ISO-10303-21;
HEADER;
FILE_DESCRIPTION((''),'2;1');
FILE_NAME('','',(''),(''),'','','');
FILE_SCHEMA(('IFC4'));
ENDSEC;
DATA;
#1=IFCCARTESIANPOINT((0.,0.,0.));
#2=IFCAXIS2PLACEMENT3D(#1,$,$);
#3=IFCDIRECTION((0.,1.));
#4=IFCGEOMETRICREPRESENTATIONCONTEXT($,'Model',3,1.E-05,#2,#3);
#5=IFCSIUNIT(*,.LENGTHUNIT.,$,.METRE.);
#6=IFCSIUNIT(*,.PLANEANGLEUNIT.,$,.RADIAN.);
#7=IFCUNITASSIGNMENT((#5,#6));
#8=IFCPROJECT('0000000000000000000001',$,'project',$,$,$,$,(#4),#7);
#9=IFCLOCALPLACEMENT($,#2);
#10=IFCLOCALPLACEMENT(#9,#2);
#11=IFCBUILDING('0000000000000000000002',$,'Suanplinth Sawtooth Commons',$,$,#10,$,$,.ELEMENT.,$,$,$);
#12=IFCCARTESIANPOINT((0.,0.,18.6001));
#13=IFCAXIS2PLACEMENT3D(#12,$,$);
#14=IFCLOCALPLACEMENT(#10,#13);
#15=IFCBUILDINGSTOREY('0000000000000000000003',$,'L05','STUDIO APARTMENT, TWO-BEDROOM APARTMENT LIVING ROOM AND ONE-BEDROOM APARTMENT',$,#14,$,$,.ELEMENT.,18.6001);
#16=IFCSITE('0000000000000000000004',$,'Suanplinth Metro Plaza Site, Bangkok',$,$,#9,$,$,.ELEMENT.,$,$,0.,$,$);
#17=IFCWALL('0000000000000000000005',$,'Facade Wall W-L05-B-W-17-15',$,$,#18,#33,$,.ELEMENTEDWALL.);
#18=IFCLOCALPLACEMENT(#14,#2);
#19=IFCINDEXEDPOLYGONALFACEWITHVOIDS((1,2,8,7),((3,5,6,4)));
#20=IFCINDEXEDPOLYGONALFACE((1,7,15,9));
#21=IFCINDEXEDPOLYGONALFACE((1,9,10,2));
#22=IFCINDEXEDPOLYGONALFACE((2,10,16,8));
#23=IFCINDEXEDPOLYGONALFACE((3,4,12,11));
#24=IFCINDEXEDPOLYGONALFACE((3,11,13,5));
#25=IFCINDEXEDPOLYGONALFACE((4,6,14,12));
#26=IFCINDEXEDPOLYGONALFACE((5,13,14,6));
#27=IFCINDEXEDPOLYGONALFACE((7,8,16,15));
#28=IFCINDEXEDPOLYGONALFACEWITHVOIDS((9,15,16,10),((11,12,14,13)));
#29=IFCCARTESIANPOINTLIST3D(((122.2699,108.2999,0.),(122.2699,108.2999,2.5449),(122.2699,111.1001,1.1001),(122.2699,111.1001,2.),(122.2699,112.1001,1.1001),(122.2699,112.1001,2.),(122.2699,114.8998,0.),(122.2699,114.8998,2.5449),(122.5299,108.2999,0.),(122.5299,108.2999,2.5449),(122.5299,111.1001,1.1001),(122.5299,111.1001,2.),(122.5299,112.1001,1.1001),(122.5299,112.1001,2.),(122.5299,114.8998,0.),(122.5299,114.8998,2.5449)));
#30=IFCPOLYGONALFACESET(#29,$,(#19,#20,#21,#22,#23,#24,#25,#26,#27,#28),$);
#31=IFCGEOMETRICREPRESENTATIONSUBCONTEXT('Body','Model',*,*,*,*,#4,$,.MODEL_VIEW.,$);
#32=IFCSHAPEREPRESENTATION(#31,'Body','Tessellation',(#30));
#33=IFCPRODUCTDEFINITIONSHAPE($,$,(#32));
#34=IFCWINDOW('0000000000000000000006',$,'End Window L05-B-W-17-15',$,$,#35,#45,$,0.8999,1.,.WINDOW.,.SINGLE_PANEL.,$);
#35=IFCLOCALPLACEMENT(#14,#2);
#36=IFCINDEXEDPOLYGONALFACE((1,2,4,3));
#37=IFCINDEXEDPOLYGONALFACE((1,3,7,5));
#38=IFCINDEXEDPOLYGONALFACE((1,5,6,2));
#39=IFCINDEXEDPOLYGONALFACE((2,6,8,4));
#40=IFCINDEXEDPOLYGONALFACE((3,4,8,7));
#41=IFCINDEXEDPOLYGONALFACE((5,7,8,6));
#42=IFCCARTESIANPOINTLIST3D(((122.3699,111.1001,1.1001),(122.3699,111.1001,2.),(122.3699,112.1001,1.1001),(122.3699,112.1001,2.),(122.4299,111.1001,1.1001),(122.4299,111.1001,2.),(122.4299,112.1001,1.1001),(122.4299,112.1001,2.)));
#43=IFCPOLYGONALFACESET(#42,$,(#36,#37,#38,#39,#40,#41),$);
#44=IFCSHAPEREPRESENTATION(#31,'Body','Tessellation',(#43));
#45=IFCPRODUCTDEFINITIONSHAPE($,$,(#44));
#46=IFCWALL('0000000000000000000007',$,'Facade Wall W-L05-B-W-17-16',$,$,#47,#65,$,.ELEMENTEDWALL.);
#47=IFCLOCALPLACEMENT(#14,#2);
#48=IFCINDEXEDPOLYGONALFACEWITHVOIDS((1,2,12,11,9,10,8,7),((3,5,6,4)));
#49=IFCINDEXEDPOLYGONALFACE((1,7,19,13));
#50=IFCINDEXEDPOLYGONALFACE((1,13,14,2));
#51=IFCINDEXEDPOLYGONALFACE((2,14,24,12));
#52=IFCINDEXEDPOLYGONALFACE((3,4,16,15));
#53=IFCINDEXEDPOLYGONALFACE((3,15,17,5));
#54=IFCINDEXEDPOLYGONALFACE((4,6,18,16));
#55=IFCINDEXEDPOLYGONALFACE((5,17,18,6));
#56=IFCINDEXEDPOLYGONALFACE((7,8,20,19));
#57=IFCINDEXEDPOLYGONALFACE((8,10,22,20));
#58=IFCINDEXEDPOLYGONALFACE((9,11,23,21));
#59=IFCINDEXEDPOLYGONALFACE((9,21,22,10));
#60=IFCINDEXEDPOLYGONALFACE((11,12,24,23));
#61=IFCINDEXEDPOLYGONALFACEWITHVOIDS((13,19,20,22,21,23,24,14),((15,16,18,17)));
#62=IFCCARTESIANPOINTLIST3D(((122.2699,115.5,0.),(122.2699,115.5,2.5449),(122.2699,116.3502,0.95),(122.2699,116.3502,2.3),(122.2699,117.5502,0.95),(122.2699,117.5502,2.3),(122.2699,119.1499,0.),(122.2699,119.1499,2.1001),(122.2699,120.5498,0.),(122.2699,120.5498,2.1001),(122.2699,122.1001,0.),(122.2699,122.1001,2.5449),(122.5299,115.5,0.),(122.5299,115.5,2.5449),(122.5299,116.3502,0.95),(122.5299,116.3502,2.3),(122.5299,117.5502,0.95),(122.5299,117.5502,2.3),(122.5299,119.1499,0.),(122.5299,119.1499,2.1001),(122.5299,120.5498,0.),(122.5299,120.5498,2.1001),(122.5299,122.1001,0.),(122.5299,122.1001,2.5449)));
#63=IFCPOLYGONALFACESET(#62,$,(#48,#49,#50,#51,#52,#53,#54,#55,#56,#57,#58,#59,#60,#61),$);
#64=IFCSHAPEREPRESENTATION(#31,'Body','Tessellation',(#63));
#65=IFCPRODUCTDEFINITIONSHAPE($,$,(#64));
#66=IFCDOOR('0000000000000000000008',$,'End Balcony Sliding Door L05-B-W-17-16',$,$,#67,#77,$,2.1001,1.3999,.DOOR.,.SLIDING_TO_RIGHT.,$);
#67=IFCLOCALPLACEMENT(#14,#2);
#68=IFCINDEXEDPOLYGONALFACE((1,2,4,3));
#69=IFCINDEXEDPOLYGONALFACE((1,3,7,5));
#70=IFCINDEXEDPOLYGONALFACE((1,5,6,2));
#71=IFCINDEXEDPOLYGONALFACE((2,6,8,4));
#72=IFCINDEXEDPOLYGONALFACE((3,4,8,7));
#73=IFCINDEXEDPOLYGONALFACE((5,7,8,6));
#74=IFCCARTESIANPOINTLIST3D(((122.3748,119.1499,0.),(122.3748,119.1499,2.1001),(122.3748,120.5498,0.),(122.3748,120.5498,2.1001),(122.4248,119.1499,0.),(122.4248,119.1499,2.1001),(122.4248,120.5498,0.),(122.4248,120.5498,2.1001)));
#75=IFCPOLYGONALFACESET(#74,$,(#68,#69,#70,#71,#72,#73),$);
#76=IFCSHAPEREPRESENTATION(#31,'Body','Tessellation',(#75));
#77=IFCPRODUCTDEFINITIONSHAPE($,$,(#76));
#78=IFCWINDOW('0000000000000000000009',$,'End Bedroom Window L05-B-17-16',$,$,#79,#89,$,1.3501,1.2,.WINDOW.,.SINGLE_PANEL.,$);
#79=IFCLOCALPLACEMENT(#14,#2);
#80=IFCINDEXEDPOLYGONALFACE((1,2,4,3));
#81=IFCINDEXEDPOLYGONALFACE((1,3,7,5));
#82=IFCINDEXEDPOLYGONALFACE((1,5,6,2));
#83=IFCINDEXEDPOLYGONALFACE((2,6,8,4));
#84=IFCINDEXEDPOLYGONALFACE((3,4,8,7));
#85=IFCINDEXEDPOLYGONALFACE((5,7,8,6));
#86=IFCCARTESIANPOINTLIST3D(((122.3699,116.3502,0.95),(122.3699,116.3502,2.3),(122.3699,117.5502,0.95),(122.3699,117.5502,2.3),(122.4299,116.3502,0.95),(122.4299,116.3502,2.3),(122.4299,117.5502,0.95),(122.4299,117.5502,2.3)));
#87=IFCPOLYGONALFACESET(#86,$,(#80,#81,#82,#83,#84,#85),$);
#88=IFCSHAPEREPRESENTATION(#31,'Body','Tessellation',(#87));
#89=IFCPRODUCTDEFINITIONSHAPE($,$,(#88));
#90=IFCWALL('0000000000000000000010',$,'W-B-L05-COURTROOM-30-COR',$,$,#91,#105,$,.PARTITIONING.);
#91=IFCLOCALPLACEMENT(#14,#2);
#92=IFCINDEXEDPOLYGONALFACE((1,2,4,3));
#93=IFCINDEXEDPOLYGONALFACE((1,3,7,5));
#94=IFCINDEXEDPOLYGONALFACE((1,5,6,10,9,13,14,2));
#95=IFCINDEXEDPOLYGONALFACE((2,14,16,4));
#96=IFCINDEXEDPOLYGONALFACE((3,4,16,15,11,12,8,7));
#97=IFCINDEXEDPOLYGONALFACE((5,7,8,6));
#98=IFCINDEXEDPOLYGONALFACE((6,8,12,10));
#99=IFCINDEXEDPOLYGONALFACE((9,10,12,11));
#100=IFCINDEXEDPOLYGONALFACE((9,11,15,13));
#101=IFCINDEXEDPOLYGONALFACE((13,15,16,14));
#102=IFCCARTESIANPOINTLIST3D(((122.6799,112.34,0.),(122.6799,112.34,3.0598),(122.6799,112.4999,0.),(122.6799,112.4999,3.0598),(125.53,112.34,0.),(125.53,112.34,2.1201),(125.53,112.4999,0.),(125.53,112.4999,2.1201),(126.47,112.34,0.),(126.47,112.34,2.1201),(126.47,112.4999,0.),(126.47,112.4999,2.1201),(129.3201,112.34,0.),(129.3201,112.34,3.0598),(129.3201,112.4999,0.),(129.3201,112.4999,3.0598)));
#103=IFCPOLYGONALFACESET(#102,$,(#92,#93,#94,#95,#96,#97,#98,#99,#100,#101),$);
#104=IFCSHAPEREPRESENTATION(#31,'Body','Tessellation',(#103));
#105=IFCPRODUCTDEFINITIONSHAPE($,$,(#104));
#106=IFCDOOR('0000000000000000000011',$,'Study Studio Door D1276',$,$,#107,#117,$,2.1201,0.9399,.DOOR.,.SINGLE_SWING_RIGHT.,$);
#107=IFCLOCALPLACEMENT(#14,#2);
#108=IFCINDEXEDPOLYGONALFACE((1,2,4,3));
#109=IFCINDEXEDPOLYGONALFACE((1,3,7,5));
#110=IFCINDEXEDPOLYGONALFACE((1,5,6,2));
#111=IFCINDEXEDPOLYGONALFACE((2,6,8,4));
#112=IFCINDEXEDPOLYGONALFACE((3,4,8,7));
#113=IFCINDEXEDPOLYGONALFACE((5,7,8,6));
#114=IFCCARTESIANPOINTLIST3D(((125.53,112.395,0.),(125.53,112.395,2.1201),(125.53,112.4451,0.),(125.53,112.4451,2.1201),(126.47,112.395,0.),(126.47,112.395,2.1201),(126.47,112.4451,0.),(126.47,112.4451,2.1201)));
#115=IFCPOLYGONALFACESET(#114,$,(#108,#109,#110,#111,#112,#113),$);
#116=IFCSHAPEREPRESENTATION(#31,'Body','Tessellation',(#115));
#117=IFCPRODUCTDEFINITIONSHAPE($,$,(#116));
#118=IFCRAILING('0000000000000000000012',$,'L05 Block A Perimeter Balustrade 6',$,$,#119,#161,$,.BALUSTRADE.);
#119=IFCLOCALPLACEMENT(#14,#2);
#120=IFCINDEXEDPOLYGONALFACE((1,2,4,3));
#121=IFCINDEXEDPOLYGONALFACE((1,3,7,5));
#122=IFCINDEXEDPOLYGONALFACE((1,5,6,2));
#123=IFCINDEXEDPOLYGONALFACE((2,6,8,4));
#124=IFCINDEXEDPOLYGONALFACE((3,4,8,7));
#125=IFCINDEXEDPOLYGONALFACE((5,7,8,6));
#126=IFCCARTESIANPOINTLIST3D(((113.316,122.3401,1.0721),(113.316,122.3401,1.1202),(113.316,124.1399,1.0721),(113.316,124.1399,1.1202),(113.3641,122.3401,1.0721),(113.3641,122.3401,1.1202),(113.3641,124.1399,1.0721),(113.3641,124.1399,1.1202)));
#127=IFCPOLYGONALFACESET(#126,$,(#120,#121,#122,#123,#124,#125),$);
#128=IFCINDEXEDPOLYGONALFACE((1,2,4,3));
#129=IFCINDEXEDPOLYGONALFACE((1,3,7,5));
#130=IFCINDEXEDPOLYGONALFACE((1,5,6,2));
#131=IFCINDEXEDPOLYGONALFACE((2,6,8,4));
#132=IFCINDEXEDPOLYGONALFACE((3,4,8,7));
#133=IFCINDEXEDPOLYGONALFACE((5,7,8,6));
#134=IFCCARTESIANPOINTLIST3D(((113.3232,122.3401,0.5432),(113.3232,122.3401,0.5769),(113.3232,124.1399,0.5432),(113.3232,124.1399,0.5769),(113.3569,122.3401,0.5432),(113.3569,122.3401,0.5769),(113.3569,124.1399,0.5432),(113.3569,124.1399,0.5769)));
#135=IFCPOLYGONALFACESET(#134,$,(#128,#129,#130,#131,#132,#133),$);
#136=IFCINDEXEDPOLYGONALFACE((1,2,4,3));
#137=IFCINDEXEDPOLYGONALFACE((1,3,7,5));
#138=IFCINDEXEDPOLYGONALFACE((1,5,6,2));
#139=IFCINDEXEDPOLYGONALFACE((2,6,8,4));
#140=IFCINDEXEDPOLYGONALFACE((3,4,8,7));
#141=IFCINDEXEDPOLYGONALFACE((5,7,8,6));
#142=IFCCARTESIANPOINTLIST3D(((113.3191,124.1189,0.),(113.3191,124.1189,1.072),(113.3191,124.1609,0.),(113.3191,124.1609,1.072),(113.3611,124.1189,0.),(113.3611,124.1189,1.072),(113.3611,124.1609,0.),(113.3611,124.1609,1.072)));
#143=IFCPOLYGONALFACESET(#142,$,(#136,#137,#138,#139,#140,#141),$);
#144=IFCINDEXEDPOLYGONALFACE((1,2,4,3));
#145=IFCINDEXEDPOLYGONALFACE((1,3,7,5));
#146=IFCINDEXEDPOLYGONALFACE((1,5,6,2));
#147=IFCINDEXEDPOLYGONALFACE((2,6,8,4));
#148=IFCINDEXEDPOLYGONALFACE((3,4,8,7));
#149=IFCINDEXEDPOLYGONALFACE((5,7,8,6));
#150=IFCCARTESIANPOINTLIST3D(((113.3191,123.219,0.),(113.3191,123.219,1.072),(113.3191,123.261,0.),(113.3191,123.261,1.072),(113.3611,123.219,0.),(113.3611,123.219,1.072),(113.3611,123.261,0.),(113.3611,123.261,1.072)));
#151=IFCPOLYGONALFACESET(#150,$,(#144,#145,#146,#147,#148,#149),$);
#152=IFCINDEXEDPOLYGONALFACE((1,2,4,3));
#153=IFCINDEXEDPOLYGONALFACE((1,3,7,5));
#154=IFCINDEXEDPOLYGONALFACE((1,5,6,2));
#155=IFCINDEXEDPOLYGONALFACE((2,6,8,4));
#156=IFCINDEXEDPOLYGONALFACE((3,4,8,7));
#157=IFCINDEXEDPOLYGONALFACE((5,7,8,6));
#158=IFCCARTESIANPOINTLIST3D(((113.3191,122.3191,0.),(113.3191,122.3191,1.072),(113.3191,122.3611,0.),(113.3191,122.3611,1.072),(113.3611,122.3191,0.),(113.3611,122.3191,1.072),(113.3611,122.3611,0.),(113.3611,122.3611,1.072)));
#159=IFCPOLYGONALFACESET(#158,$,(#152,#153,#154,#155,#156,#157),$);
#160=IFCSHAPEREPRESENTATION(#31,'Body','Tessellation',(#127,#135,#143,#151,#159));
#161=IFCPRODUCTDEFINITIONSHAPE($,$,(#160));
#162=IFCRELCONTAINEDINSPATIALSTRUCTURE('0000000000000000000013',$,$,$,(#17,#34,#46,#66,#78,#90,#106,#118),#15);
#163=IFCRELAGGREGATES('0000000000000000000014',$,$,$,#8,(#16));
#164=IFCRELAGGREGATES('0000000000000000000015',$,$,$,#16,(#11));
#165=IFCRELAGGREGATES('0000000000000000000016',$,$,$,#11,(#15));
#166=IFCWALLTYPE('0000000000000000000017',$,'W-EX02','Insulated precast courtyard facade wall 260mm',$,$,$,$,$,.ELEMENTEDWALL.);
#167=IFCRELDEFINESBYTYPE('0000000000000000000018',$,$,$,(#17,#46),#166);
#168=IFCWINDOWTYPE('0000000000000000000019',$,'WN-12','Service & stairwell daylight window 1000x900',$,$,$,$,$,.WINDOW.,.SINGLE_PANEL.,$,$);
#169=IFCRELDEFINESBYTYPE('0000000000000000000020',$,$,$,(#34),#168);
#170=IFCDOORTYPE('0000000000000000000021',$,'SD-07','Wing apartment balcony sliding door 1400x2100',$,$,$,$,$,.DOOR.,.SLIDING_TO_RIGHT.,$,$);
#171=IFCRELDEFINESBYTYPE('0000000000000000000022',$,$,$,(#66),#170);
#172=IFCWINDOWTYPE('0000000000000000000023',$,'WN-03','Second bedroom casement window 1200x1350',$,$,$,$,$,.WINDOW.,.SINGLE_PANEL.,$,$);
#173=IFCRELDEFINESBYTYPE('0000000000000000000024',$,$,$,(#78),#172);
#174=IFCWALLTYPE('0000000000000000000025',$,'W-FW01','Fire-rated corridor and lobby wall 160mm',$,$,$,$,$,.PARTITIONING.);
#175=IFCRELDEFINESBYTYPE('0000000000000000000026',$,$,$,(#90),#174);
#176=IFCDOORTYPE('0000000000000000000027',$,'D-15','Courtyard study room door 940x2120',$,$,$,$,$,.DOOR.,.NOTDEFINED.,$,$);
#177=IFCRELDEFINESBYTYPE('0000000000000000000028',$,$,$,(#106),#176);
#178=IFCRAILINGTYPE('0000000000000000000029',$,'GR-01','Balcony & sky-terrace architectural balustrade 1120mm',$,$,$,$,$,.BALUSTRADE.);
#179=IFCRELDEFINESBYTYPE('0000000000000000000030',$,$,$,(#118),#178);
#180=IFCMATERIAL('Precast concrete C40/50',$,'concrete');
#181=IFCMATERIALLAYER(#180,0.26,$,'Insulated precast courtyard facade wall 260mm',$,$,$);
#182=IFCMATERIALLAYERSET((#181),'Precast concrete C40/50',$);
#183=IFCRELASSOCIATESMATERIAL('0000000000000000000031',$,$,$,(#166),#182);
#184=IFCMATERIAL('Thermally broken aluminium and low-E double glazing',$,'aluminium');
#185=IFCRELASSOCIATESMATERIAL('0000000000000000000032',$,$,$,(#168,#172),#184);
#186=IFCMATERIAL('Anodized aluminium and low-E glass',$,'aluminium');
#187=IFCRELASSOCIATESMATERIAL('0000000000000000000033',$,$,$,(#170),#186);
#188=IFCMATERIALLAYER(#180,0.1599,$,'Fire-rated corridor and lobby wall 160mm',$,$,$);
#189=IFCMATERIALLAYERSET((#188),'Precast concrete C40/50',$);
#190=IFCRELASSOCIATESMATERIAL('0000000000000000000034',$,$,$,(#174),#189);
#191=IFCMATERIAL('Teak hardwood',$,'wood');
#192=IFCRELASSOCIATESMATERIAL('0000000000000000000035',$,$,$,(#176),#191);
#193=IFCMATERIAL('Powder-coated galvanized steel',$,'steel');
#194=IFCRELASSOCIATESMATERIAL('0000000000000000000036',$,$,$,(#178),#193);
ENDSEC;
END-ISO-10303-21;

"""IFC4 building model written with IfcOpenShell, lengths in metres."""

from ifc_helpers import new_model, si_unit, direction, frame, frame_2d, origin, origin_2d, place, context, subcontext, project, spatial, rectangle, extrude, material, layer, layer_set, type_object, element, fill, save


model = new_model("IFC4")

# Units and contexts
model_context = context("Model", 3, precision=1e-05, world=origin(), true_north=direction((0.0, 1.0)))
body_context = subcontext(model_context, "Body", "Model", "MODEL_VIEW")
ifc_project = project(units=[si_unit("LENGTHUNIT", "METRE"), si_unit("PLANEANGLEUNIT", "RADIAN")], contexts=[model_context])

# Site, building, storey
site_placement = place(None, origin())
site = spatial("IfcSite", under=ifc_project, at=site_placement, Name="Suanplinth Metro Plaza Site, Bangkok", CompositionType="ELEMENT", RefElevation=0.0)
building_placement = place(site_placement, origin())
building = spatial("IfcBuilding", under=site, at=building_placement, Name="Suanplinth Sawtooth Commons", CompositionType="ELEMENT")
storey_placement = place(building_placement, frame((0.0, 0.0, 18.6001)))
storey = spatial("IfcBuildingStorey", under=building, at=storey_placement, Name="L05", Description="STUDIO APARTMENT, TWO-BEDROOM APARTMENT LIVING ROOM AND ONE-BEDROOM APARTMENT", CompositionType="ELEMENT", Elevation=18.6001)

# Shared definitions
ifc_material_1 = material(Name="Precast concrete C40/50", Category="concrete")

# Shared definitions
ifc_layer_1 = layer(ifc_material_1, 0.26, Name="Insulated precast courtyard facade wall 260mm")
ifc_layer_set_1 = layer_set([ifc_layer_1], Name="Precast concrete C40/50")
wall_type_1 = type_object("IfcWallType", Name="W-EX02", Description="Insulated precast courtyard facade wall 260mm", PredefinedType="ELEMENTEDWALL", material=ifc_layer_set_1)
ifc_material_2 = material(Name="Anodized aluminium and low-E glass", Category="aluminium")
ifc_material_3 = material(Name="Thermally broken aluminium and low-E double glazing", Category="aluminium")

# Wall, opening, window
wall_1_placement = place(storey_placement, frame((122.3999, 108.3, 0.0), z_axis=(0.0, 0.0, 1.0), x_axis=(0.0, 1.0, 0.0)))
wall_1 = element("IfcWall", 1, at=wall_1_placement, inside=storey, type_object=wall_type_1, Name="Facade Wall W-L05-B-W-17-15", PredefinedType="ELEMENTEDWALL", context=body_context, shape_type="SweptSolid", body=[
    extrude(rectangle(XDim=6.5999, YDim=0.26, at=frame_2d((3.2998, 0.0))), origin(), (0.0, 0.0, 1.0), 2.5449),
])
opening_1_placement = place(wall_1_placement, frame((2.8, 0.0, 1.1001)))
opening_1 = element("IfcOpeningElement", 2, at=opening_1_placement, cuts=wall_1, PredefinedType="OPENING", context=body_context, shape_type="SweptSolid", body=[
    extrude(rectangle(XDim=1.0, YDim=0.8999, at=frame_2d((0.5, 0.45))), frame((0.0, 0.145, 0.0), z_axis=(0.0, -1.0, 0.0), x_axis=(1.0, 0.0, 0.0)), (0.0, 0.0, 1.0), 0.2898),
])
window_type_1 = type_object("IfcWindowType", Name="WN-12", Description="Service & stairwell daylight window 1000x900", PartitioningType="SINGLE_PANEL", PredefinedType="WINDOW", material=ifc_material_3)
window_1_placement = place(opening_1_placement, origin())
window_1 = element("IfcWindow", 3, at=window_1_placement, inside=storey, type_object=window_type_1, Name="End Window L05-B-W-17-15", OverallHeight=0.8999, OverallWidth=1.0, PartitioningType="SINGLE_PANEL", PredefinedType="WINDOW", context=body_context, shape_type="SweptSolid", body=[
    extrude(rectangle(XDim=1.0, YDim=0.8999, at=frame_2d((0.5, 0.45))), frame((0.0, 0.03, 0.0), z_axis=(0.0, -1.0, 0.0), x_axis=(1.0, 0.0, 0.0)), (0.0, 0.0, 1.0), 0.0601),
])
fill(opening_1, window_1)

# Wall, openings, door, window
wall_2_placement = place(storey_placement, frame((122.3999, 115.5, 0.0), z_axis=(0.0, 0.0, 1.0), x_axis=(0.0, 1.0, 0.0)))
wall_2 = element("IfcWall", 4, at=wall_2_placement, inside=storey, type_object=wall_type_1, Name="Facade Wall W-L05-B-W-17-16", PredefinedType="ELEMENTEDWALL", context=body_context, shape_type="SweptSolid", body=[
    extrude(rectangle(XDim=6.6001, YDim=0.26, at=frame_2d((3.3, 0.0))), origin(), (0.0, 0.0, 1.0), 2.5449),
])
opening_2_placement = place(wall_2_placement, frame((3.6499, 0.0, 0.0)))
opening_2 = element("IfcOpeningElement", 5, at=opening_2_placement, cuts=wall_2, PredefinedType="OPENING", context=body_context, shape_type="SweptSolid", body=[
    extrude(rectangle(XDim=1.3999, YDim=2.1001, at=frame_2d((0.7, 1.05))), frame((0.0, 0.145, 0.0), z_axis=(0.0, -1.0, 0.0), x_axis=(1.0, 0.0, 0.0)), (0.0, 0.0, 1.0), 0.2898),
])
opening_3_placement = place(wall_2_placement, frame((0.8501, 0.0, 0.95)))
opening_3 = element("IfcOpeningElement", 6, at=opening_3_placement, cuts=wall_2, PredefinedType="OPENING", context=body_context, shape_type="SweptSolid", body=[
    extrude(rectangle(XDim=1.2, YDim=1.3501, at=frame_2d((0.6001, 0.675))), frame((0.0, 0.145, 0.0), z_axis=(0.0, -1.0, 0.0), x_axis=(1.0, 0.0, 0.0)), (0.0, 0.0, 1.0), 0.2898),
])
door_type_1 = type_object("IfcDoorType", Name="SD-07", Description="Wing apartment balcony sliding door 1400x2100", OperationType="SLIDING_TO_RIGHT", PredefinedType="DOOR", material=ifc_material_2)
door_1_placement = place(opening_2_placement, frame((1.3999, 0.0, 0.0), z_axis=(0.0, 0.0, 1.0), x_axis=(-1.0, 0.0, 0.0)))
door_1 = element("IfcDoor", 7, at=door_1_placement, inside=storey, type_object=door_type_1, Name="End Balcony Sliding Door L05-B-W-17-16", OperationType="SLIDING_TO_RIGHT", OverallHeight=2.1001, OverallWidth=1.3999, PredefinedType="DOOR", context=body_context, shape_type="SweptSolid", body=[
    extrude(rectangle(XDim=1.3999, YDim=2.1001, at=frame_2d((0.7, 1.05))), frame((0.0, 0.0249, 0.0), z_axis=(0.0, -1.0, 0.0), x_axis=(1.0, 0.0, 0.0)), (0.0, 0.0, 1.0), 0.05),
])
fill(opening_2, door_1)
window_type_2 = type_object("IfcWindowType", Name="WN-03", Description="Second bedroom casement window 1200x1350", PartitioningType="SINGLE_PANEL", PredefinedType="WINDOW", material=ifc_material_3)
window_2_placement = place(opening_3_placement, origin())
window_2 = element("IfcWindow", 8, at=window_2_placement, inside=storey, type_object=window_type_2, Name="End Bedroom Window L05-B-17-16", OverallHeight=1.3501, OverallWidth=1.2, PartitioningType="SINGLE_PANEL", PredefinedType="WINDOW", context=body_context, shape_type="SweptSolid", body=[
    extrude(rectangle(XDim=1.2, YDim=1.3501, at=frame_2d((0.6001, 0.675))), frame((0.0, 0.03, 0.0), z_axis=(0.0, -1.0, 0.0), x_axis=(1.0, 0.0, 0.0)), (0.0, 0.0, 1.0), 0.0601),
])
fill(opening_3, window_2)

# Wall, opening, door
ifc_layer_2 = layer(ifc_material_1, 0.1599, Name="Fire-rated corridor and lobby wall 160mm")
ifc_layer_set_2 = layer_set([ifc_layer_2], Name="Precast concrete C40/50")
wall_type_2 = type_object("IfcWallType", Name="W-FW01", Description="Fire-rated corridor and lobby wall 160mm", PredefinedType="PARTITIONING", material=ifc_layer_set_2)
wall_3_placement = place(storey_placement, frame((122.6799, 112.4199, 0.0), z_axis=(0.0, 0.0, 1.0), x_axis=(1.0, 0.0, 0.0)))
wall_3 = element("IfcWall", 9, at=wall_3_placement, inside=storey, type_object=wall_type_2, Name="W-B-L05-COURTROOM-30-COR", PredefinedType="PARTITIONING", context=body_context, shape_type="SweptSolid", body=[
    extrude(rectangle(XDim=6.6401, YDim=0.1599, at=frame_2d((3.3201, 0.0))), origin(), (0.0, 0.0, 1.0), 3.0598),
])
opening_4_placement = place(wall_3_placement, frame((2.8501, 0.0, 0.0)))
opening_4 = element("IfcOpeningElement", 10, at=opening_4_placement, cuts=wall_3, PredefinedType="OPENING", context=body_context, shape_type="SweptSolid", body=[
    extrude(rectangle(XDim=0.9399, YDim=2.1201, at=frame_2d((0.47, 1.0601))), frame((0.0, 0.0947, 0.0), z_axis=(0.0, -1.0, 0.0), x_axis=(1.0, 0.0, 0.0)), (0.0, 0.0, 1.0), 0.1897),
])
ifc_material_4 = material(Name="Teak hardwood", Category="wood")
door_type_2 = type_object("IfcDoorType", Name="D-15", Description="Courtyard study room door 940x2120", OperationType="NOTDEFINED", PredefinedType="DOOR", material=ifc_material_4)
door_2_placement = place(opening_4_placement, frame((0.9399, 0.0, 0.0), z_axis=(0.0, 0.0, 1.0), x_axis=(-1.0, 0.0, 0.0)))
door_2 = element("IfcDoor", 11, at=door_2_placement, inside=storey, type_object=door_type_2, Name="Study Studio Door D1276", OperationType="SINGLE_SWING_RIGHT", OverallHeight=2.1201, OverallWidth=0.9399, PredefinedType="DOOR", context=body_context, shape_type="SweptSolid", body=[
    extrude(rectangle(XDim=0.9399, YDim=2.1201, at=frame_2d((0.47, 1.0601))), frame((0.0, 0.0249, 0.0), z_axis=(0.0, -1.0, 0.0), x_axis=(1.0, 0.0, 0.0)), (0.0, 0.0, 1.0), 0.05),
])
fill(opening_4, door_2)

# Railing
ifc_material_5 = material(Name="Powder-coated galvanized steel", Category="steel")
railing_type = type_object("IfcRailingType", Name="GR-01", Description="Balcony & sky-terrace architectural balustrade 1120mm", PredefinedType="BALUSTRADE", material=ifc_material_5)
railing_1_placement = place(storey_placement, frame((113.3401, 124.1399, 0.0)))
element("IfcRailing", 12, at=railing_1_placement, inside=storey, type_object=railing_type, Name="L05 Block A Perimeter Balustrade 6", PredefinedType="BALUSTRADE", context=body_context, shape_type="SweptSolid", body=[
    extrude(rectangle(XDim=0.0481, YDim=0.0481, at=origin_2d()), frame((0.0, 0.0, 1.0962), z_axis=(0.0, -1.0, 0.0), x_axis=(1.0, 0.0, 0.0)), (0.0, 0.0, 1.0), 1.7998),
    extrude(rectangle(XDim=0.0337, YDim=0.0337, at=origin_2d()), frame((0.0, 0.0, 0.5601), z_axis=(0.0, -1.0, 0.0), x_axis=(1.0, 0.0, 0.0)), (0.0, 0.0, 1.0), 1.7998),
    extrude(rectangle(XDim=0.042, YDim=0.042, at=origin_2d()), origin(), (0.0, 0.0, 1.0), 1.072),
    extrude(rectangle(XDim=0.042, YDim=0.042, at=origin_2d()), frame((0.0, -0.8999, 0.0)), (0.0, 0.0, 1.0), 1.072),
    extrude(rectangle(XDim=0.042, YDim=0.042, at=origin_2d()), frame((0.0, -1.7998, 0.0)), (0.0, 0.0, 1.0), 1.072),
])

save(model, "model.ifc")
